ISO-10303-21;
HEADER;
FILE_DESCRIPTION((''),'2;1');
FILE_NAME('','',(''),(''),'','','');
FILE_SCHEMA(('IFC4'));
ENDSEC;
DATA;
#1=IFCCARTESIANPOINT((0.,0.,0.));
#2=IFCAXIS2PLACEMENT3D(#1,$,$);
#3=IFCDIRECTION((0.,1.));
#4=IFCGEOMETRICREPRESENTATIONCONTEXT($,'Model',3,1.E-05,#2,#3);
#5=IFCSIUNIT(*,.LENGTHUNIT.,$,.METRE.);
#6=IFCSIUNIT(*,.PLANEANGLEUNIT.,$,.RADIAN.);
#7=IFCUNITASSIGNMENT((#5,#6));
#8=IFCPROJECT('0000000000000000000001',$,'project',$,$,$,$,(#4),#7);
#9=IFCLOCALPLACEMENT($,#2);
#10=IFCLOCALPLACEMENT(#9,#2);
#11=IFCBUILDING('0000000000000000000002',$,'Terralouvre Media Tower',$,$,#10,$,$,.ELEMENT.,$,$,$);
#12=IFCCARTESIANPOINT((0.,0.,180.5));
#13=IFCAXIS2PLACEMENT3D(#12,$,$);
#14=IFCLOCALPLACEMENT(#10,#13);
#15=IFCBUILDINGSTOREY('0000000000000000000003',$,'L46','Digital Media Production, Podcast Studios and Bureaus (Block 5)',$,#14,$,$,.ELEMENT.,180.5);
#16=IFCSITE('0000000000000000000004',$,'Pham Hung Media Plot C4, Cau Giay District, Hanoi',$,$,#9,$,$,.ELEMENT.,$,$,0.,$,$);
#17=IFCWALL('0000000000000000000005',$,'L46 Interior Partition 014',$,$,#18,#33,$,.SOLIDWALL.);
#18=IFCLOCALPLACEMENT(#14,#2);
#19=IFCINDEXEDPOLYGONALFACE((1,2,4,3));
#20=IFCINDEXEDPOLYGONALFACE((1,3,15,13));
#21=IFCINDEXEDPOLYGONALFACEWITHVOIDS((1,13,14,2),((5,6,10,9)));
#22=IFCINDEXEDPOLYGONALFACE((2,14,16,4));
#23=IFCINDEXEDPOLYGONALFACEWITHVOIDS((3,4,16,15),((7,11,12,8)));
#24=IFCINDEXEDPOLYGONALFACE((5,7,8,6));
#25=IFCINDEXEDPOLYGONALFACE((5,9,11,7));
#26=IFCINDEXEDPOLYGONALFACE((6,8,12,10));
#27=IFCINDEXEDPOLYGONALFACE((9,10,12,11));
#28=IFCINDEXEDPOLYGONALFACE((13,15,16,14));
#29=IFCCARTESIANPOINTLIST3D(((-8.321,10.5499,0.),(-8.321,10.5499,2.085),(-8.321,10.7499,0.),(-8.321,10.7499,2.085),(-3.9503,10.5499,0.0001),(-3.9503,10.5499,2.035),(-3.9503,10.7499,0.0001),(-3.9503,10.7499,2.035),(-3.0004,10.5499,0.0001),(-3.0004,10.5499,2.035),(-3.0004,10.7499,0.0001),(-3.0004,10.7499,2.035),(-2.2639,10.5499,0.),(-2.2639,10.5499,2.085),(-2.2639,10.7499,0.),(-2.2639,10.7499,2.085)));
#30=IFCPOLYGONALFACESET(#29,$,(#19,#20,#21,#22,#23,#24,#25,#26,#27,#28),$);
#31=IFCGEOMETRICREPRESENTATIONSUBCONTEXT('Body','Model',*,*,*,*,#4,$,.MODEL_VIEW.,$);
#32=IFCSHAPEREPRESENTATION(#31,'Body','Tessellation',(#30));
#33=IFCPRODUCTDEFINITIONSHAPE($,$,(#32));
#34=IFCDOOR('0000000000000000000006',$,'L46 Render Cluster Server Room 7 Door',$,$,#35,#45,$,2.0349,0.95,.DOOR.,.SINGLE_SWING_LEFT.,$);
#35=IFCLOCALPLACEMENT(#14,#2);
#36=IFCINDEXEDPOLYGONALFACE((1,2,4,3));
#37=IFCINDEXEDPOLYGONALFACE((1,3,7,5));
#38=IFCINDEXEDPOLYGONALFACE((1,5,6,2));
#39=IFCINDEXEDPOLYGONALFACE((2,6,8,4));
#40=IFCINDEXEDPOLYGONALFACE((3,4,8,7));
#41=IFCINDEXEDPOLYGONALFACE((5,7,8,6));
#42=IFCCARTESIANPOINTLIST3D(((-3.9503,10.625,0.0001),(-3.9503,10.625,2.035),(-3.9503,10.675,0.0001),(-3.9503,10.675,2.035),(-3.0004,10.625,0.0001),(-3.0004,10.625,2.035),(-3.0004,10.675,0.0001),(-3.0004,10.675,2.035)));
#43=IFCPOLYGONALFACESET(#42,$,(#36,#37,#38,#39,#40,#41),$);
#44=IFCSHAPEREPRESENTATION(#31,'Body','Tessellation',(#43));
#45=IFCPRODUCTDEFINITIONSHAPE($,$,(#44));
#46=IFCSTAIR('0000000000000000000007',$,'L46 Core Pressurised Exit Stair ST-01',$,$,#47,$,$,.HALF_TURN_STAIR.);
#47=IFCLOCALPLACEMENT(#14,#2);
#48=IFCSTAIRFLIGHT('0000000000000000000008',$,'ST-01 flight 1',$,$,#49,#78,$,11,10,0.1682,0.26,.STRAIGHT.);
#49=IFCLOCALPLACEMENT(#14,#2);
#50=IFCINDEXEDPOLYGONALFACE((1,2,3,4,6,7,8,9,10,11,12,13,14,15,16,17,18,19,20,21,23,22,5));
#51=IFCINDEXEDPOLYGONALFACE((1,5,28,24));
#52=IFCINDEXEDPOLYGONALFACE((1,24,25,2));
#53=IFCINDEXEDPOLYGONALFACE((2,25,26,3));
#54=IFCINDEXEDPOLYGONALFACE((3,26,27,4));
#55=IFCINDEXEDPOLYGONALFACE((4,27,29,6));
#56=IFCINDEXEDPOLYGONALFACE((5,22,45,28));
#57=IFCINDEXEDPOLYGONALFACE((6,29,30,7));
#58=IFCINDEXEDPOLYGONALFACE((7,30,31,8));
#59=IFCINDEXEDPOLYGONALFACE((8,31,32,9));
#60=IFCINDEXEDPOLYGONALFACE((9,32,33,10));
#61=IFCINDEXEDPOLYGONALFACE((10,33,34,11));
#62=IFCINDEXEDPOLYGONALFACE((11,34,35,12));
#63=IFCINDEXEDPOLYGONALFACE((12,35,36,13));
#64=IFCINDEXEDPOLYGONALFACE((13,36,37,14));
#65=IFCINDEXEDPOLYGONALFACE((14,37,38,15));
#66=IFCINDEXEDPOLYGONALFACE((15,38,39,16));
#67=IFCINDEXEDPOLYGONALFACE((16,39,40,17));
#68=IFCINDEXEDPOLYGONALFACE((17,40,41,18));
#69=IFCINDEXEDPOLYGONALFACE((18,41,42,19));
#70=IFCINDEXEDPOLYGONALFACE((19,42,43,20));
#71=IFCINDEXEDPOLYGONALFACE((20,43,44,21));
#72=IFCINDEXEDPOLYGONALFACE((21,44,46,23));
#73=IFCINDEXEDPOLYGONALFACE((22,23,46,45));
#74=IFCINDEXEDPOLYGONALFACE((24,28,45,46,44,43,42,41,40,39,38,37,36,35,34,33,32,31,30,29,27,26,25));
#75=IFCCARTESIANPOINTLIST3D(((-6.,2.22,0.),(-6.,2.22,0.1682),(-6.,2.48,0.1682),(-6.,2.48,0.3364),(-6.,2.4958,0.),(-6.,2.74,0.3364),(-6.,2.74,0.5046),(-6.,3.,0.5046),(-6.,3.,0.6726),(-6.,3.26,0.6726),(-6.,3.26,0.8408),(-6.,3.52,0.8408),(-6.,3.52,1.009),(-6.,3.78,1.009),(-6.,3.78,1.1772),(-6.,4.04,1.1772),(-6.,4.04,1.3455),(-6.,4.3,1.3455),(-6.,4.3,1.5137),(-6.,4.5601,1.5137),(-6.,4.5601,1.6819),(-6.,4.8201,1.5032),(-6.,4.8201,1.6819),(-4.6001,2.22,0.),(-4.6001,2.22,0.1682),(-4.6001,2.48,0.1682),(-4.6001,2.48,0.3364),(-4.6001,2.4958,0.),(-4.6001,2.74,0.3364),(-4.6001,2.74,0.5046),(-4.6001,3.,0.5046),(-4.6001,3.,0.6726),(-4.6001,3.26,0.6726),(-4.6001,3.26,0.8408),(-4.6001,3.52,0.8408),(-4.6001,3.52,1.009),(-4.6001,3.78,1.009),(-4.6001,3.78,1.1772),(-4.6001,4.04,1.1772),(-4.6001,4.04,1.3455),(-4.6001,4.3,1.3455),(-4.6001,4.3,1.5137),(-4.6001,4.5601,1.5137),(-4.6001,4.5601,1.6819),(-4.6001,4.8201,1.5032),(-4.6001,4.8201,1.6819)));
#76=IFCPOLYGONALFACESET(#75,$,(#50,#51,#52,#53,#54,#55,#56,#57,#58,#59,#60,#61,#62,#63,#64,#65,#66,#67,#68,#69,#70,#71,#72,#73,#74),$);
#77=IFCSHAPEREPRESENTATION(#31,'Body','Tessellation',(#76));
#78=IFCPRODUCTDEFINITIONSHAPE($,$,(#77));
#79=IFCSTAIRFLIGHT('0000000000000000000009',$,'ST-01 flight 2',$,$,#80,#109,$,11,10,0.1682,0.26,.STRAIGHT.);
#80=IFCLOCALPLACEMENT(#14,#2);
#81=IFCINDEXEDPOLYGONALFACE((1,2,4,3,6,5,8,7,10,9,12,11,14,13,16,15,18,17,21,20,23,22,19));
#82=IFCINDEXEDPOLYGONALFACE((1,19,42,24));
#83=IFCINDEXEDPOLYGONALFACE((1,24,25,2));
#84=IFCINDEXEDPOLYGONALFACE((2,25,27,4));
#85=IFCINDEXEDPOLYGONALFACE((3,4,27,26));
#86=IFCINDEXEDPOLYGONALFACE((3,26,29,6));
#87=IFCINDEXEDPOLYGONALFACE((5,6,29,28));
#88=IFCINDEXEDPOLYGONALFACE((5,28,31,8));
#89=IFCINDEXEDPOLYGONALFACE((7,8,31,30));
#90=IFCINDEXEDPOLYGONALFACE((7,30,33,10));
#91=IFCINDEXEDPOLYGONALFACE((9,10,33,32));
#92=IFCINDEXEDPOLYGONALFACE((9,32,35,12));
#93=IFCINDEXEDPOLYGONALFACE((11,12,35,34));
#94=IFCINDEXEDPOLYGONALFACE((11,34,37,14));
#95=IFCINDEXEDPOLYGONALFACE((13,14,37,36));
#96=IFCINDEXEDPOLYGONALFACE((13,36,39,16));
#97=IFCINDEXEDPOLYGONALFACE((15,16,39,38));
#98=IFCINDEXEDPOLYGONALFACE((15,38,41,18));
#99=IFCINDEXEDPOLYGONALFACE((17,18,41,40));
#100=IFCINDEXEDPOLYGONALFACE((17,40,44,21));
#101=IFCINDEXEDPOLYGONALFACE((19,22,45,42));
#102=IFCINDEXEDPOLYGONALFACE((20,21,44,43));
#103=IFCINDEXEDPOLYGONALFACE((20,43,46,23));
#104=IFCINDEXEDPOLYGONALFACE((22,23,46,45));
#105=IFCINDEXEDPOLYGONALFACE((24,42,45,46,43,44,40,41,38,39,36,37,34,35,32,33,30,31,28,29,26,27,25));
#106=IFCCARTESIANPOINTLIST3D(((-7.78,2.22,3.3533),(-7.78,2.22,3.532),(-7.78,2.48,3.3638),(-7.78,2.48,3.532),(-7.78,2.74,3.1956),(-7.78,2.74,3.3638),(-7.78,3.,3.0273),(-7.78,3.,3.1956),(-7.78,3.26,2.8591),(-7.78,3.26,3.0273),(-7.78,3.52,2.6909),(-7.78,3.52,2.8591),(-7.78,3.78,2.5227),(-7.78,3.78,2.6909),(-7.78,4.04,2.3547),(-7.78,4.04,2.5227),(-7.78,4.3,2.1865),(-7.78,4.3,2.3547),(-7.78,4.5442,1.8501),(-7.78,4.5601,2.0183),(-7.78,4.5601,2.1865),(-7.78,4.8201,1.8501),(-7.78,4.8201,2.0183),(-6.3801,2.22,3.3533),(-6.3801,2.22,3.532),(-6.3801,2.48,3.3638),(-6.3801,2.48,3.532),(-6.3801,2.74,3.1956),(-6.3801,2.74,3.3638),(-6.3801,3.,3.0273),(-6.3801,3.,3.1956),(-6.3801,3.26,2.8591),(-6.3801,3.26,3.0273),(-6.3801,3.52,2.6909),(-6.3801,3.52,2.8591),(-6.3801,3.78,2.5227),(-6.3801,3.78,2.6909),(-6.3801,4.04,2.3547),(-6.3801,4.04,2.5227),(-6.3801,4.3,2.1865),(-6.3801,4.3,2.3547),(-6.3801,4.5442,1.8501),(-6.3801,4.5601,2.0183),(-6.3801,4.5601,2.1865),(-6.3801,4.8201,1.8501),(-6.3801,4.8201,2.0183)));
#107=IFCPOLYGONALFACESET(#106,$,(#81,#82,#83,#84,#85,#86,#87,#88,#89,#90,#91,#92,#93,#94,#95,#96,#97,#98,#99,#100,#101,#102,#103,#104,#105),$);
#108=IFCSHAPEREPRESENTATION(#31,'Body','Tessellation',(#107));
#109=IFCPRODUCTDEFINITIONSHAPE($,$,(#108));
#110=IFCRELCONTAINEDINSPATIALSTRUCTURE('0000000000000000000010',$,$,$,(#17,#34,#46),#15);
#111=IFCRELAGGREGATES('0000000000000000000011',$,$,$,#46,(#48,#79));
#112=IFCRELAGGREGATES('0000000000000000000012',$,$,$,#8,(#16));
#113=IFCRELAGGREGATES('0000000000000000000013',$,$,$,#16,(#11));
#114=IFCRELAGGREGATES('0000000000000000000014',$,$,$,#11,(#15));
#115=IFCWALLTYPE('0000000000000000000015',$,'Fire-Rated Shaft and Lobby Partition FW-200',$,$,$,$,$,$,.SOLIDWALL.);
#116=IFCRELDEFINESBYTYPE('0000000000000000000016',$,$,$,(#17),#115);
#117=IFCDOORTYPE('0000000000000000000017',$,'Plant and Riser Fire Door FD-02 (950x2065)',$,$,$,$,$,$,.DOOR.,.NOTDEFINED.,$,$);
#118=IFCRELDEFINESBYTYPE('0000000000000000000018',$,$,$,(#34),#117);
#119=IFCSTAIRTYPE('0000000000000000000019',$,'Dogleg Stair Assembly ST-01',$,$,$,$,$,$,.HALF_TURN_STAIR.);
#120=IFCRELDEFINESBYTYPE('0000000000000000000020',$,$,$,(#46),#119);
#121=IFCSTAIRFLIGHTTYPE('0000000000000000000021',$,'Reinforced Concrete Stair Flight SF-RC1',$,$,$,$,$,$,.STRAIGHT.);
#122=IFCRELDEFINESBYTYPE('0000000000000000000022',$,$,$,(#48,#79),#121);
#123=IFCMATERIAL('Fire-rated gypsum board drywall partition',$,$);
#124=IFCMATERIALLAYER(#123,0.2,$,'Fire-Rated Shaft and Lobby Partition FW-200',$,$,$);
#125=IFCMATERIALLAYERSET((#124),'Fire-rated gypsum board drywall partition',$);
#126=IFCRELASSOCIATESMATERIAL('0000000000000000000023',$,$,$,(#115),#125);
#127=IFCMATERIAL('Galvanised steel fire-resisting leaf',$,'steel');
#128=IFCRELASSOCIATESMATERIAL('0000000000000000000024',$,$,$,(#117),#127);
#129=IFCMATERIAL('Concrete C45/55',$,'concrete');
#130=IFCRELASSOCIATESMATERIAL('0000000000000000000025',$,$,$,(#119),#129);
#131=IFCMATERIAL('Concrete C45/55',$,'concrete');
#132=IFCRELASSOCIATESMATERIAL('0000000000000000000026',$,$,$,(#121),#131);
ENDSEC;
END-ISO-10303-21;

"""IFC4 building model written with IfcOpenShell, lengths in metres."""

from ifc_helpers import new_model, si_unit, direction, frame, frame_2d, origin, place, context, subcontext, project, spatial, polyline, rectangle, outline, extrude, material, layer, layer_set, type_object, element, fill, aggregate, save


model = new_model("IFC4")

# Units and contexts
model_context = context("Model", 3, precision=1e-05, world=origin(), true_north=direction((0.0, 1.0)))
body_context = subcontext(model_context, "Body", "Model", "MODEL_VIEW")
ifc_project = project(units=[si_unit("LENGTHUNIT", "METRE"), si_unit("PLANEANGLEUNIT", "RADIAN")], contexts=[model_context])

# Site, building, storey
site_placement = place(None, origin())
site = spatial("IfcSite", under=ifc_project, at=site_placement, Name="Pham Hung Media Plot C4, Cau Giay District, Hanoi", CompositionType="ELEMENT", RefElevation=0.0)
building_placement = place(site_placement, origin())
building = spatial("IfcBuilding", under=site, at=building_placement, Name="Terralouvre Media Tower", CompositionType="ELEMENT")
storey_placement = place(building_placement, frame((0.0, 0.0, 180.5)))
storey = spatial("IfcBuildingStorey", under=building, at=storey_placement, Name="L46", Description="Digital Media Production, Podcast Studios and Bureaus (Block 5)", CompositionType="ELEMENT", Elevation=180.5)

# Wall, opening, door
ifc_material_1 = material(Name="Fire-rated gypsum board drywall partition")
ifc_layer_1 = layer(ifc_material_1, 0.2, Name="Fire-Rated Shaft and Lobby Partition FW-200")
ifc_layer_set_1 = layer_set([ifc_layer_1], Name="Fire-rated gypsum board drywall partition")
wall_type_1 = type_object("IfcWallType", Name="Fire-Rated Shaft and Lobby Partition FW-200", PredefinedType="SOLIDWALL", material=ifc_layer_set_1)
wall_1_placement = place(storey_placement, frame((-2.2639, 10.6499, 0.0), z_axis=(0.0, 0.0, 1.0), x_axis=(-1.0, 0.0, 0.0)))
wall_1 = element("IfcWall", 1, at=wall_1_placement, inside=storey, type_object=wall_type_1, Name="L46 Interior Partition 014", PredefinedType="SOLIDWALL", context=body_context, shape_type="SweptSolid", body=[
    extrude(rectangle(XDim=6.0571, YDim=0.2, at=frame_2d((3.0286, 0.0))), origin(), (0.0, 0.0, 1.0), 2.085),
])
opening_1_placement = place(wall_1_placement, frame((0.7363, 0.0, 0.0)))
opening_1 = element("IfcOpeningElement", 2, at=opening_1_placement, cuts=wall_1, PredefinedType="OPENING", context=body_context, shape_type="SweptSolid", body=[
    extrude(rectangle(XDim=0.95, YDim=2.0349, at=frame_2d((0.4751, 1.0176))), frame((0.0, 0.1099, 0.0), z_axis=(0.0, -1.0, 0.0), x_axis=(1.0, 0.0, 0.0)), (0.0, 0.0, 1.0), 0.22),
])
ifc_material_2 = material(Name="Galvanised steel fire-resisting leaf", Category="steel")
door_type_1 = type_object("IfcDoorType", Name="Plant and Riser Fire Door FD-02 (950x2065)", OperationType="NOTDEFINED", PredefinedType="DOOR", material=ifc_material_2)
door_1_placement = place(opening_1_placement, origin())
door_1 = element("IfcDoor", 3, at=door_1_placement, inside=storey, type_object=door_type_1, Name="L46 Render Cluster Server Room 7 Door", OperationType="SINGLE_SWING_LEFT", OverallHeight=2.0349, OverallWidth=0.95, PredefinedType="DOOR", context=body_context, shape_type="SweptSolid", body=[
    extrude(rectangle(XDim=0.95, YDim=2.0349, at=frame_2d((0.4751, 1.0176))), frame((0.0, 0.0249, 0.0), z_axis=(0.0, -1.0, 0.0), x_axis=(1.0, 0.0, 0.0)), (0.0, 0.0, 1.0), 0.05),
])
fill(opening_1, door_1)

# Stair, stair flights
ifc_material_3 = material(Name="Concrete C45/55", Category="concrete")
stair_type = type_object("IfcStairType", Name="Dogleg Stair Assembly ST-01", PredefinedType="HALF_TURN_STAIR", material=ifc_material_3)
stair_placement = place(storey_placement, origin())
stair = element("IfcStair", 4, at=stair_placement, inside=storey, type_object=stair_type, Name="L46 Core Pressurised Exit Stair ST-01", PredefinedType="HALF_TURN_STAIR")
ifc_material_4 = material(Name="Concrete C45/55", Category="concrete")
stair_flight_type = type_object("IfcStairFlightType", Name="Reinforced Concrete Stair Flight SF-RC1", PredefinedType="STRAIGHT", material=ifc_material_4)
stair_flight_1_placement = place(storey_placement, frame((-5.3, 2.22, 0.0), z_axis=(0.0, 0.0, 1.0), x_axis=(0.0, 1.0, 0.0)))
stair_flight_1 = element("IfcStairFlight", 5, at=stair_flight_1_placement, type_object=stair_flight_type, Name="ST-01 flight 1", NumberOfRisers=11, NumberOfTreads=10, PredefinedType="STRAIGHT", RiserHeight=0.1682, TreadLength=0.26, context=body_context, shape_type="SweptSolid", body=[
    extrude(outline(polyline([(0.0, 0.0), (0.0, 0.1682), (0.26, 0.1682), (0.26, 0.3364), (0.52, 0.3364), (0.52, 0.5046), (0.78, 0.5046), (0.78, 0.6726), (1.04, 0.6726), (1.04, 0.8408), (1.3, 0.8408), (1.3, 1.009), (1.5601, 1.009), (1.5601, 1.1772), (1.8201, 1.1772), (1.8201, 1.3455), (2.0801, 1.3455), (2.0801, 1.5137), (2.3401, 1.5137), (2.3401, 1.6819), (2.6001, 1.6819), (2.6001, 1.8501), (2.6001, 1.5032), (0.2759, 0.0), (0.0, 0.0)])), frame((0.0, 0.7, 0.0), z_axis=(0.0, -1.0, 0.0), x_axis=(1.0, 0.0, 0.0)), (0.0, 0.0, 1.0), 1.3999),
])
stair_flight_2_placement = place(storey_placement, frame((-7.0801, 4.8201, 1.8501), z_axis=(0.0, 0.0, 1.0), x_axis=(0.0, -1.0, 0.0)))
stair_flight_2 = element("IfcStairFlight", 6, at=stair_flight_2_placement, type_object=stair_flight_type, Name="ST-01 flight 2", NumberOfRisers=11, NumberOfTreads=10, PredefinedType="STRAIGHT", RiserHeight=0.1682, TreadLength=0.26, context=body_context, shape_type="SweptSolid", body=[
    extrude(outline(polyline([(0.0, 0.0), (0.0, 0.1682), (0.26, 0.1682), (0.26, 0.3364), (0.52, 0.3364), (0.52, 0.5046), (0.78, 0.5046), (0.78, 0.6726), (1.04, 0.6726), (1.04, 0.8408), (1.3, 0.8408), (1.3, 1.009), (1.5601, 1.009), (1.5601, 1.1772), (1.8201, 1.1772), (1.8201, 1.3455), (2.0801, 1.3455), (2.0801, 1.5137), (2.3401, 1.5137), (2.3401, 1.6819), (2.6001, 1.6819), (2.6001, 1.8501), (2.6001, 1.5032), (0.2759, 0.0), (0.0, 0.0)])), frame((0.0, 0.7, 0.0), z_axis=(0.0, -1.0, 0.0), x_axis=(1.0, 0.0, 0.0)), (0.0, 0.0, 1.0), 1.3999),
])
aggregate(stair, [stair_flight_1, stair_flight_2])

save(model, "model.ifc")
